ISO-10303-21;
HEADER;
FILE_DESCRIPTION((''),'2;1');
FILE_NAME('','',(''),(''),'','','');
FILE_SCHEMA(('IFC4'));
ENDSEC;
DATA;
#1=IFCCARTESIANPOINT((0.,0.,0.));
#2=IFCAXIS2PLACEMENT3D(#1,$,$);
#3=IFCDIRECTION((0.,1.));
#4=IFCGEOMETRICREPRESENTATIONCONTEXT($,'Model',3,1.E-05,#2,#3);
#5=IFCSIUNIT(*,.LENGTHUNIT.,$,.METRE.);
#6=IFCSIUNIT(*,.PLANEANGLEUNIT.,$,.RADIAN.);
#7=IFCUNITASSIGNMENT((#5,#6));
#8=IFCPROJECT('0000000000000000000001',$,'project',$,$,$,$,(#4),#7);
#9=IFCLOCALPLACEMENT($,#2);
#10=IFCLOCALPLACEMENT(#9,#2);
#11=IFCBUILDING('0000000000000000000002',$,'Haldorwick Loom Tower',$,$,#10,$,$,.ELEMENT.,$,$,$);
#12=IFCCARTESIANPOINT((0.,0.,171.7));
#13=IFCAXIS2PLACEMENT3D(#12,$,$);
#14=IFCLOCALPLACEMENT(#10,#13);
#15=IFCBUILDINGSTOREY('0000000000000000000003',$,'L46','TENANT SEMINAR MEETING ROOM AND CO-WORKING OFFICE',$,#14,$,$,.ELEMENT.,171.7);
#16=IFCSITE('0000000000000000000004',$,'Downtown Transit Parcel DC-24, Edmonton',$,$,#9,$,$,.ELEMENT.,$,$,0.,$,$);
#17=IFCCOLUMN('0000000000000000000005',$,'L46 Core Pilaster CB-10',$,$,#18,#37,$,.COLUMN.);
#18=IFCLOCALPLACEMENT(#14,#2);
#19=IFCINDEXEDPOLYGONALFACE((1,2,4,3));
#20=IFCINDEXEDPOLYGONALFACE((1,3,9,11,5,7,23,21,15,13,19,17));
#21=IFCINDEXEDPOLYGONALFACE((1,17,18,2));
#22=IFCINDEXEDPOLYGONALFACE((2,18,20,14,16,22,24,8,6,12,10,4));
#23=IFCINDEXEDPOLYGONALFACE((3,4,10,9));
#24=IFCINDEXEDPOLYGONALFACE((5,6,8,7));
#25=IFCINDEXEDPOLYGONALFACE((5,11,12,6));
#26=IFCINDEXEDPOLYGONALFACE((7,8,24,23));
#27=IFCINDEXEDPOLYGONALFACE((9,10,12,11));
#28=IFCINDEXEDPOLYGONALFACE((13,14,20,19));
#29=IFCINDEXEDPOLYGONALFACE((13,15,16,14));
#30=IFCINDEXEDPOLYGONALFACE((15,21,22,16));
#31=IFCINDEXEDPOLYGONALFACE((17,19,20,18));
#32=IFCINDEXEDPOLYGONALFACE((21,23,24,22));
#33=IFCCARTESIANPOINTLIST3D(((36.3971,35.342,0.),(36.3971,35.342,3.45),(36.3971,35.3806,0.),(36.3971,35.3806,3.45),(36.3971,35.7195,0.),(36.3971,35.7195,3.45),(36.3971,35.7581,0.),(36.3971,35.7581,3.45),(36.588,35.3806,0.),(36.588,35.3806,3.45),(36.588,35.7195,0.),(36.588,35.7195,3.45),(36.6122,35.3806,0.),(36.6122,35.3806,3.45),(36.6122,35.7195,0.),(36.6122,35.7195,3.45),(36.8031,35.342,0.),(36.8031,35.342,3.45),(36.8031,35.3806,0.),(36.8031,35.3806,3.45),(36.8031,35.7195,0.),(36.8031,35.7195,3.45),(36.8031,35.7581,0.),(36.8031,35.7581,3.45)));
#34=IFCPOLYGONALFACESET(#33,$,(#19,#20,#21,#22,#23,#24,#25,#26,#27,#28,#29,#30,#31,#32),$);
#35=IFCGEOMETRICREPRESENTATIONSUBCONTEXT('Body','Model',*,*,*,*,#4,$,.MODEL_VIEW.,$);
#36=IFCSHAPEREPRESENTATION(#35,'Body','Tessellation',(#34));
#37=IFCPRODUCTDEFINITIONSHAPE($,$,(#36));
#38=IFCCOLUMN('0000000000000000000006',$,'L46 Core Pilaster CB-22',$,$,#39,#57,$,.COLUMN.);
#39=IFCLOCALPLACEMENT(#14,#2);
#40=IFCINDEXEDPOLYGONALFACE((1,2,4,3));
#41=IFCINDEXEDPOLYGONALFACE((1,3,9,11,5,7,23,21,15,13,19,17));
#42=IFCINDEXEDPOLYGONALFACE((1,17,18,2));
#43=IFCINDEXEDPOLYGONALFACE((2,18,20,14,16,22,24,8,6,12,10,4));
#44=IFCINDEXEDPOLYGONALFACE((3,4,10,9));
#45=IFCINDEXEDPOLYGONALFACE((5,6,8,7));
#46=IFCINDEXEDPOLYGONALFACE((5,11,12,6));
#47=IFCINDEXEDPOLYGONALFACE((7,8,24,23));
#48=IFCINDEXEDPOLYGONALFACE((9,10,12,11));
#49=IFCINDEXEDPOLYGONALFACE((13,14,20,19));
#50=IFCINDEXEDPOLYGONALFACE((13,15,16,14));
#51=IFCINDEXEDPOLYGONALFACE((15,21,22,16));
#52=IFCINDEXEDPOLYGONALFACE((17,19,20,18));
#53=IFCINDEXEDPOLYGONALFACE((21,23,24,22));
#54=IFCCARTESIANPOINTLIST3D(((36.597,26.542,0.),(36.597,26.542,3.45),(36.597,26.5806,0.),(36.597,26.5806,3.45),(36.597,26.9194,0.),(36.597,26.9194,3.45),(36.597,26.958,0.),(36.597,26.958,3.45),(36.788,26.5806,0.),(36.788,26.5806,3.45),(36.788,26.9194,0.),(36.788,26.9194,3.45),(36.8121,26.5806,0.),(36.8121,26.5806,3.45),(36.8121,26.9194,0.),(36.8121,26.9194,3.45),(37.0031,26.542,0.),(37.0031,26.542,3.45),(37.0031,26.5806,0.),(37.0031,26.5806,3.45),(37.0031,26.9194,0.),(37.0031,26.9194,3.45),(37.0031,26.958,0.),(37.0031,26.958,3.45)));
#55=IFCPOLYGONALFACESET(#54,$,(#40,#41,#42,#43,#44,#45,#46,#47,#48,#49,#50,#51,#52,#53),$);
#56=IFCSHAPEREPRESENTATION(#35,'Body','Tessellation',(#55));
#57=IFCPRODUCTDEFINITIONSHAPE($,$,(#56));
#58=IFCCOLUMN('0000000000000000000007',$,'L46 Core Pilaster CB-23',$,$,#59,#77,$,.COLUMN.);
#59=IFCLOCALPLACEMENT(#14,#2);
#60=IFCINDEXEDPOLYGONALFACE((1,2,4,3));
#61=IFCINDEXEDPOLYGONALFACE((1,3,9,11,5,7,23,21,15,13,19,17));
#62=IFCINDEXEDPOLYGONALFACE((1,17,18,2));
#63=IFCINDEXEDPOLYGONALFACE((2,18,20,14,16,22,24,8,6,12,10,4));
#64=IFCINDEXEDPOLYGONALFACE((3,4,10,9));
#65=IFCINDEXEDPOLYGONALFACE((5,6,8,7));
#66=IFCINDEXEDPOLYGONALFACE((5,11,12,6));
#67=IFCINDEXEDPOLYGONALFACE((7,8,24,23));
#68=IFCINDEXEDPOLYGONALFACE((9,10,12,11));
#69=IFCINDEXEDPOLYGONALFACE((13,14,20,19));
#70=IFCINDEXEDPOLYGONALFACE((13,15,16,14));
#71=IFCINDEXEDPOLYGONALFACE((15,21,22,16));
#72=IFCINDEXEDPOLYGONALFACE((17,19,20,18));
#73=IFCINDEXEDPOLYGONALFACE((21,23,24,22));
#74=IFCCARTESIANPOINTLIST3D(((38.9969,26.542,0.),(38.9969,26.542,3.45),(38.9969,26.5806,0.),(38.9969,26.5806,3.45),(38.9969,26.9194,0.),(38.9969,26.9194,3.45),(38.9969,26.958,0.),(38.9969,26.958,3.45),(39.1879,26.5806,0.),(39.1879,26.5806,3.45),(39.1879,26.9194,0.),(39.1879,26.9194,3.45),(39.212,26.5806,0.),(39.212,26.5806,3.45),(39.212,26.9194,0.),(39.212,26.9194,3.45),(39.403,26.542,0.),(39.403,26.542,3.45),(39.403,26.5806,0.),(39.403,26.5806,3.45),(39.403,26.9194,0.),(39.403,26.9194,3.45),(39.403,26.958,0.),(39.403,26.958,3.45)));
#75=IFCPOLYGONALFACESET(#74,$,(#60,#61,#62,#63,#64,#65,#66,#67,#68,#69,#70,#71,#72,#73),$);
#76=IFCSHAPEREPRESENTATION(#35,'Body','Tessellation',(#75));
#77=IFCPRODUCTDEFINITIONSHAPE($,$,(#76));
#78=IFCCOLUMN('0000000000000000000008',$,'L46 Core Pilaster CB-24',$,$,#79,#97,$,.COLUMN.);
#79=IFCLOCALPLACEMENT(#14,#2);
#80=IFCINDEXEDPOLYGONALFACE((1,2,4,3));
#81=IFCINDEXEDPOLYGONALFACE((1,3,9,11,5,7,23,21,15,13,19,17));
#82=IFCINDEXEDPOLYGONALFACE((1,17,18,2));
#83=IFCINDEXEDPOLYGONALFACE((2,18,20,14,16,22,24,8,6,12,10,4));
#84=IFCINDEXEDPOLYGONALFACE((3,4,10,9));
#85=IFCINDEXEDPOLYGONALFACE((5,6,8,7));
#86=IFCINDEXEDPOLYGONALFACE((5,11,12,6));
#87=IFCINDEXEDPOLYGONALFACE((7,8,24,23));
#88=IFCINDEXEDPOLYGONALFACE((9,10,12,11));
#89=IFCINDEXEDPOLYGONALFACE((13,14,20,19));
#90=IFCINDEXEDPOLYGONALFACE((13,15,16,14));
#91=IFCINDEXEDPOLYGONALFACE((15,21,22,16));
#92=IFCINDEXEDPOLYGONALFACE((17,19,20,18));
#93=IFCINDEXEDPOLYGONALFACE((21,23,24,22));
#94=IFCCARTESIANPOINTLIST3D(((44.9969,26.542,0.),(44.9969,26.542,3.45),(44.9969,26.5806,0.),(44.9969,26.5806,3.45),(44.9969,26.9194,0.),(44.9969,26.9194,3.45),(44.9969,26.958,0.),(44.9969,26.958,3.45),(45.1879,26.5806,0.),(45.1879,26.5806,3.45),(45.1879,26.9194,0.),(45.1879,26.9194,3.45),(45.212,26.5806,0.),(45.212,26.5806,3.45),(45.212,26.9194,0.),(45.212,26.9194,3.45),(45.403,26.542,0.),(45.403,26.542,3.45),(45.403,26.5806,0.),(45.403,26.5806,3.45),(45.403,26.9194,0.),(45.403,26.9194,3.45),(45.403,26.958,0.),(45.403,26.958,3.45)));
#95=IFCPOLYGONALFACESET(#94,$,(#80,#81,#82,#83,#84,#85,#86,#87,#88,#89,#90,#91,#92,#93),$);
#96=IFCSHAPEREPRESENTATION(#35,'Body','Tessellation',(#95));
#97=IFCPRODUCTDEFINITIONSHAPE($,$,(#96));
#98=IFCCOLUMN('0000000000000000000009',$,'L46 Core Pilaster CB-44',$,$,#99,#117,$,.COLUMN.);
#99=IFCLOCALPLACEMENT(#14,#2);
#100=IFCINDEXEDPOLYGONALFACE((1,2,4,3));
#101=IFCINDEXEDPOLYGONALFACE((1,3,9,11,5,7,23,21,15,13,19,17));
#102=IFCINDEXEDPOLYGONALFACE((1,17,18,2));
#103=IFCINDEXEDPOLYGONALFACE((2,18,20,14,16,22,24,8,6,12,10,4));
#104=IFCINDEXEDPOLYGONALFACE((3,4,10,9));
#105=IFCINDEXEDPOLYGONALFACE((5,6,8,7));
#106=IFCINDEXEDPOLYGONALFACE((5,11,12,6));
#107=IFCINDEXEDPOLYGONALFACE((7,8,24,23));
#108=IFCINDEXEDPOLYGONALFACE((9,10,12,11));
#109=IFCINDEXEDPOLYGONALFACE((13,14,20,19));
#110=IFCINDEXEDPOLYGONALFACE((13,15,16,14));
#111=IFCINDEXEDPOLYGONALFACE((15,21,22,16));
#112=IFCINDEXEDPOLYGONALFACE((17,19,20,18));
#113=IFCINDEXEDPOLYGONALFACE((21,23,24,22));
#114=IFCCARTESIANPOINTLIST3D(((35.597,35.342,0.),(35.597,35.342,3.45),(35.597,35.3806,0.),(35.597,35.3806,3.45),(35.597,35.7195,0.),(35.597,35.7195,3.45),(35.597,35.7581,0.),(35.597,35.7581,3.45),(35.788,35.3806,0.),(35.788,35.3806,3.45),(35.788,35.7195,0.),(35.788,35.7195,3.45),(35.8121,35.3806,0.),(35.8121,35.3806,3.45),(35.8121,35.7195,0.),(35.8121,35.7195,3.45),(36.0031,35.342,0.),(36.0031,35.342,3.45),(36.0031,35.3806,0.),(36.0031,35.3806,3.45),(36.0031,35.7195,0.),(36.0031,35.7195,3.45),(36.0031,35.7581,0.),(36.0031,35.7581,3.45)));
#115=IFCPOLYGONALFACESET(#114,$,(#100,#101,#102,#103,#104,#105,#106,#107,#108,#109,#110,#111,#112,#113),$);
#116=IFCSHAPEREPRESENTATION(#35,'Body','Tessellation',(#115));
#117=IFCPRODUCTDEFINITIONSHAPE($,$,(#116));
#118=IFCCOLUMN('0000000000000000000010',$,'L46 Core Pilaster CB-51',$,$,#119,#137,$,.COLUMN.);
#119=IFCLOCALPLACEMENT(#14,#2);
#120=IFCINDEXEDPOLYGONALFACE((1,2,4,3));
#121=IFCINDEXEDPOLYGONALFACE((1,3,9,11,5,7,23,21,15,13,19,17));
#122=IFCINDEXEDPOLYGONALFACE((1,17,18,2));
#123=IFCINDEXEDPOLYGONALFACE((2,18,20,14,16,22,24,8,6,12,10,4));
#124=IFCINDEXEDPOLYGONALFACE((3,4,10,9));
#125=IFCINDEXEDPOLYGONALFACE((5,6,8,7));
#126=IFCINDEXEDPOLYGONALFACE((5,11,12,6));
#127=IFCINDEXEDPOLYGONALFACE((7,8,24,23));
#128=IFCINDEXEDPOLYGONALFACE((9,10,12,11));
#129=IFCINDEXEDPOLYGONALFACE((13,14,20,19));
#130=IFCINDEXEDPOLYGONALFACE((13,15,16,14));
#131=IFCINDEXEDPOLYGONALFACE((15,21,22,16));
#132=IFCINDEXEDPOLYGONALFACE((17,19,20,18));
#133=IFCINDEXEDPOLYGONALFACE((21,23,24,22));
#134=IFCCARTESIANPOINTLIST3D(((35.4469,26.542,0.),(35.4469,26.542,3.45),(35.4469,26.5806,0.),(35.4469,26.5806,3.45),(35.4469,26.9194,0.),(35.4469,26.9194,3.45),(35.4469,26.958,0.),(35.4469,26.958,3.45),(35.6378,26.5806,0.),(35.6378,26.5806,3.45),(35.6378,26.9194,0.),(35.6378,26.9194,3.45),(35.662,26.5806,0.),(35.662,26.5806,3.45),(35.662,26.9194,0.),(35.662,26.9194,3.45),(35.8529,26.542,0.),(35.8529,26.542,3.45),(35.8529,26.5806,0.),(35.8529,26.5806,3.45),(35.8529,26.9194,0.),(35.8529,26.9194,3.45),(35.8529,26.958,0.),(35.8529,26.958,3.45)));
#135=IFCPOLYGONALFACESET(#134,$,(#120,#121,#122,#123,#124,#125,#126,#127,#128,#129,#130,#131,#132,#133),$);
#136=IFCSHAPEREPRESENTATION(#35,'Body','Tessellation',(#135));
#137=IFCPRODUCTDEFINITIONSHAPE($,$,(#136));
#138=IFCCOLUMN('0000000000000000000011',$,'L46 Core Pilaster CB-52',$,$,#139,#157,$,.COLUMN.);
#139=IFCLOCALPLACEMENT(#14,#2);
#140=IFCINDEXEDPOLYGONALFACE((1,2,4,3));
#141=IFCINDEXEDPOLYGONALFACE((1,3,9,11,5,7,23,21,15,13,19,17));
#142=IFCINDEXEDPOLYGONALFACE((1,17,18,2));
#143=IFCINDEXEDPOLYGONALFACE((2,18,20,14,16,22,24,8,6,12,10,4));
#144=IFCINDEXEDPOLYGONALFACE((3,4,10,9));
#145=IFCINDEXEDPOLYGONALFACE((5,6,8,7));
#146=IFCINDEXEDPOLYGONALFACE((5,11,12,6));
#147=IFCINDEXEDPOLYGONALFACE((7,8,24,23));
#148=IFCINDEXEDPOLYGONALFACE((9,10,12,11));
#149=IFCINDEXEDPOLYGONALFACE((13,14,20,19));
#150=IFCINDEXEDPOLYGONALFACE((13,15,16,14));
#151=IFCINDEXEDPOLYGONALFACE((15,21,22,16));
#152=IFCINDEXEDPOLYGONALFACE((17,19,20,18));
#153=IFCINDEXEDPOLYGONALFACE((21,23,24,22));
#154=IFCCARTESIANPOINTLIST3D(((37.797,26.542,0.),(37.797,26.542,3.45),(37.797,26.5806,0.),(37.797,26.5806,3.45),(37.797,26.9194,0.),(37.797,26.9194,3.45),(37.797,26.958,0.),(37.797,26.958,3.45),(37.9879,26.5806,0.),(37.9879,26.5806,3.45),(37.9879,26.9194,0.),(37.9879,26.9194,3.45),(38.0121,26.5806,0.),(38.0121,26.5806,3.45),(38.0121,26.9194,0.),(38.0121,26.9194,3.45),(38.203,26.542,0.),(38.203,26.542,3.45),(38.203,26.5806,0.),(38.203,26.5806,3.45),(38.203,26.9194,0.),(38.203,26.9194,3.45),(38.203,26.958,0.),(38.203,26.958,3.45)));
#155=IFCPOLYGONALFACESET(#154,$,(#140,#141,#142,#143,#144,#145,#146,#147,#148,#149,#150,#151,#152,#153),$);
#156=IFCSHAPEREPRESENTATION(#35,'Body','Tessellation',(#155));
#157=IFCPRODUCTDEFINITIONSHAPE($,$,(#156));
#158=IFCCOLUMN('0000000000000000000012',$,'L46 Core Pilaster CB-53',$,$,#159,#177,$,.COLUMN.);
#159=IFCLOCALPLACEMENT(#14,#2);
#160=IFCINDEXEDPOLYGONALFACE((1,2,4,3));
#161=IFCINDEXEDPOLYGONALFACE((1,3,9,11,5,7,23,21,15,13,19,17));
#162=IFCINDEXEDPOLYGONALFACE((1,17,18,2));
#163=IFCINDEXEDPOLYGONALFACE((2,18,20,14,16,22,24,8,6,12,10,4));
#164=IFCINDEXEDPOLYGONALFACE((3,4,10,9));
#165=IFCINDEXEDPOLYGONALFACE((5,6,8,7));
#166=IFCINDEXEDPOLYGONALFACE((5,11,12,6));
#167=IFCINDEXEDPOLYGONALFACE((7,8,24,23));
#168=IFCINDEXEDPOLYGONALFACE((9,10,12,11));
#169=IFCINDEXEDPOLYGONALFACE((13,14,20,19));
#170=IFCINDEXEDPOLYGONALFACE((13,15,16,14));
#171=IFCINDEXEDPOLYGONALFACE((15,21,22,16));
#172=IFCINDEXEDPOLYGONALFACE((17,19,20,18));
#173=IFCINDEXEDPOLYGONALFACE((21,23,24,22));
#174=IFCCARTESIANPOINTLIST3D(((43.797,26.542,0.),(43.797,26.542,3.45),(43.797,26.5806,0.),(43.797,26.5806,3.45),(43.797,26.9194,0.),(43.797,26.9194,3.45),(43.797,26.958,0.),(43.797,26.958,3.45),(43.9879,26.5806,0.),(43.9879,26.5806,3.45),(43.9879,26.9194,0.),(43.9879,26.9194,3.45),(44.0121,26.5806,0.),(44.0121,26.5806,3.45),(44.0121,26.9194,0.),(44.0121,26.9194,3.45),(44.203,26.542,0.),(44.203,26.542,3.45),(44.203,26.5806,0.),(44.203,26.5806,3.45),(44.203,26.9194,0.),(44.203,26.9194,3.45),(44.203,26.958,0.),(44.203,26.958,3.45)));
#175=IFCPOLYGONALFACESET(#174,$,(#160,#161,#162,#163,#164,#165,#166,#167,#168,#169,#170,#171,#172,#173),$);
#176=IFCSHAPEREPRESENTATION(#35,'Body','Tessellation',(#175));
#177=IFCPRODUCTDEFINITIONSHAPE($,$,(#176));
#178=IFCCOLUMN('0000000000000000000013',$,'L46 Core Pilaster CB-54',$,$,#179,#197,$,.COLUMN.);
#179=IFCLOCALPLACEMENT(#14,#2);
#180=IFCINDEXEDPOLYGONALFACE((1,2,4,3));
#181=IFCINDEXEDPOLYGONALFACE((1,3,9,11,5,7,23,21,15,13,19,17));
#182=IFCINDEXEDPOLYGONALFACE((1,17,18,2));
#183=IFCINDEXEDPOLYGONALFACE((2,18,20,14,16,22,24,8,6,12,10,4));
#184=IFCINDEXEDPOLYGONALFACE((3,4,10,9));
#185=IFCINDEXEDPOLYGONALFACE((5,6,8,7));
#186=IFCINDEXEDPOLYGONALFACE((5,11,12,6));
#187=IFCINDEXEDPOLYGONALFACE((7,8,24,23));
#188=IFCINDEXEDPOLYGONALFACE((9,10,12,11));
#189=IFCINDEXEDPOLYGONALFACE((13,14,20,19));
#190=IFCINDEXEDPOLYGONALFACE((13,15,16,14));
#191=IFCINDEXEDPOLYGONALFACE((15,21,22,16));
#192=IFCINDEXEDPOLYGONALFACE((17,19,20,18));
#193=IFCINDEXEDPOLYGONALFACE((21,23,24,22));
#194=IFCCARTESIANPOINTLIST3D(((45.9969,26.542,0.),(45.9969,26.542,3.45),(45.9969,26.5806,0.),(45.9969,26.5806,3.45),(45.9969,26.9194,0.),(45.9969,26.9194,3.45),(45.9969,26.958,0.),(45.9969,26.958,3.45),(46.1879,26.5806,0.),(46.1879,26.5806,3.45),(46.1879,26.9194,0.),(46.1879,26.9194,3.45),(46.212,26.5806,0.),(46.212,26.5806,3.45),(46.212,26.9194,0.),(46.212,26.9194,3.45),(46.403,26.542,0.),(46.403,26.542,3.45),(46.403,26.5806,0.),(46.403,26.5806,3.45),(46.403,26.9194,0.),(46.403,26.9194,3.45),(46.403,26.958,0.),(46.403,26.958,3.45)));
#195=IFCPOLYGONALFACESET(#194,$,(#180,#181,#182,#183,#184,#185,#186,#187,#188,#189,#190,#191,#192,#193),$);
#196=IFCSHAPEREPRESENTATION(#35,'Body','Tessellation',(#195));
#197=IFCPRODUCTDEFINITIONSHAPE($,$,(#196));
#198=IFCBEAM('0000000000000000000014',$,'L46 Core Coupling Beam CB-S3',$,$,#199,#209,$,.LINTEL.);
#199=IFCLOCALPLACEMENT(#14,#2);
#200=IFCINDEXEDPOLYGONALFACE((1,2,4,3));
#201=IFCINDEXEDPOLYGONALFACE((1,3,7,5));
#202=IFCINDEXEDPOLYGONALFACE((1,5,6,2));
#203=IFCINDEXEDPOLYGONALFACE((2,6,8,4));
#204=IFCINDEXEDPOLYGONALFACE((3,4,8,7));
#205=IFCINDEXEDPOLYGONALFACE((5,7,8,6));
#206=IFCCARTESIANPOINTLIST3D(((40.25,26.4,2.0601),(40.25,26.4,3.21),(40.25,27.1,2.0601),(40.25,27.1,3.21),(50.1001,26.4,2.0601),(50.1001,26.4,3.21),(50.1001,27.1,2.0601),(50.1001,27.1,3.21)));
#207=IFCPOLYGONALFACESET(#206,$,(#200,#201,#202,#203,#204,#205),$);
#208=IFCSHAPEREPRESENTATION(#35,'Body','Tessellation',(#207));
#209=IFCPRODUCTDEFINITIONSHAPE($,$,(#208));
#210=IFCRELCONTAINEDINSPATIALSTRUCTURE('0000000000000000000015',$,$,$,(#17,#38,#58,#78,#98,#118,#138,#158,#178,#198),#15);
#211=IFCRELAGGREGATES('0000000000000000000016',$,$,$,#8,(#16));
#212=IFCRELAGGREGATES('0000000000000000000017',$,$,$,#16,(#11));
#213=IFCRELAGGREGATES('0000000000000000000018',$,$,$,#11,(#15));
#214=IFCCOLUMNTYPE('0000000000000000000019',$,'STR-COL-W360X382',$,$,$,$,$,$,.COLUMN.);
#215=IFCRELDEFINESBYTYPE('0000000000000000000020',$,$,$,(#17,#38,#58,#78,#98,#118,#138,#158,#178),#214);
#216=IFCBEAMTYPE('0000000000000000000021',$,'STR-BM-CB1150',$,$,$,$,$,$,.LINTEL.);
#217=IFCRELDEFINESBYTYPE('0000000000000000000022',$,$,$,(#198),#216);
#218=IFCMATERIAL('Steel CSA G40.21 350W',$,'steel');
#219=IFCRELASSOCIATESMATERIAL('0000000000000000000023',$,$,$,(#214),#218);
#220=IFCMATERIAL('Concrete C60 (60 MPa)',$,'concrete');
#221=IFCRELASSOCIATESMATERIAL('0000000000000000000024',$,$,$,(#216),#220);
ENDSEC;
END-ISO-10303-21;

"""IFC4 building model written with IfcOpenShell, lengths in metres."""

from ifc_helpers import new_model, si_unit, direction, frame, origin, origin_2d, place, context, subcontext, project, spatial, rectangle, i_section, extrude, material, material_profile, profile_set, type_object, element, save


model = new_model("IFC4")

# Units and contexts
model_context = context("Model", 3, precision=1e-05, world=origin(), true_north=direction((0.0, 1.0)))
body_context = subcontext(model_context, "Body", "Model", "MODEL_VIEW")
ifc_project = project(units=[si_unit("LENGTHUNIT", "METRE"), si_unit("PLANEANGLEUNIT", "RADIAN")], contexts=[model_context])

# Site, building, storey
site_placement = place(None, origin())
site = spatial("IfcSite", under=ifc_project, at=site_placement, Name="Downtown Transit Parcel DC-24, Edmonton", CompositionType="ELEMENT", RefElevation=0.0)
building_placement = place(site_placement, origin())
building = spatial("IfcBuilding", under=site, at=building_placement, Name="Haldorwick Loom Tower", CompositionType="ELEMENT")
storey_placement = place(building_placement, frame((0.0, 0.0, 171.7)))
storey = spatial("IfcBuildingStorey", under=building, at=storey_placement, Name="L46", Description="TENANT SEMINAR MEETING ROOM AND CO-WORKING OFFICE", CompositionType="ELEMENT", Elevation=171.7)

# Columns
ifc_material_1 = material(Name="Steel CSA G40.21 350W", Category="steel")
ifc_material_profile_1 = material_profile(ifc_material_1, i_section(OverallWidth=0.406, OverallDepth=0.416, WebThickness=0.0242, FlangeThickness=0.0386, at=origin_2d()), Name="W360X382", Category="steel")
ifc_profile_set_1 = profile_set([ifc_material_profile_1], Name="Steel CSA G40.21 350W")
column_type = type_object("IfcColumnType", Name="STR-COL-W360X382", PredefinedType="COLUMN", material=ifc_profile_set_1)
for number, where, z_axis, x_axis, name in (
    (1, (36.6001, 35.55, 0.0), (0.0, 0.0, 1.0), (1.0, 0.0, 0.0), "L46 Core Pilaster CB-10"),
    (2, (36.8, 26.75, 0.0), (0.0, 0.0, 1.0), (1.0, 0.0, 0.0), "L46 Core Pilaster CB-22"),
    (3, (39.2, 26.75, 0.0), (0.0, 0.0, 1.0), (1.0, 0.0, 0.0), "L46 Core Pilaster CB-23"),
    (4, (45.2, 26.75, 0.0), (0.0, 0.0, 1.0), (1.0, 0.0, 0.0), "L46 Core Pilaster CB-24"),
    (5, (35.8, 35.55, 0.0), (0.0, 0.0, 1.0), (1.0, 0.0, 0.0), "L46 Core Pilaster CB-44"),
    (6, (35.6499, 26.75, 0.0), (0.0, 0.0, 1.0), (1.0, 0.0, 0.0), "L46 Core Pilaster CB-51"),
    (7, (38.0, 26.75, 0.0), (0.0, 0.0, 1.0), (1.0, 0.0, 0.0), "L46 Core Pilaster CB-52"),
    (8, (44.0, 26.75, 0.0), (0.0, 0.0, 1.0), (1.0, 0.0, 0.0), "L46 Core Pilaster CB-53"),
    (9, (46.2, 26.75, 0.0), (0.0, 0.0, 1.0), (1.0, 0.0, 0.0), "L46 Core Pilaster CB-54"),
):
    element("IfcColumn", number, at=place(storey_placement, frame(where, z_axis=z_axis, x_axis=x_axis)), inside=storey, type_object=column_type, Name=name, PredefinedType="COLUMN", context=body_context, shape_type="SweptSolid", body=[
        extrude(i_section(OverallWidth=0.406, OverallDepth=0.416, WebThickness=0.0242, FlangeThickness=0.0386, at=origin_2d()), origin(), (0.0, 0.0, 1.0), 3.45),
    ])

# Beam
ifc_material_2 = material(Name="Concrete C60 (60 MPa)", Category="concrete")
ifc_material_profile_2 = material_profile(ifc_material_2, rectangle(XDim=0.7, YDim=1.1499, at=origin_2d()), Name="RC700X1150", Category="concrete")
ifc_profile_set_2 = profile_set([ifc_material_profile_2], Name="Concrete C60 (60 MPa)")
beam_type_1 = type_object("IfcBeamType", Name="STR-BM-CB1150", PredefinedType="LINTEL", material=ifc_profile_set_2)
beam_1_placement = place(storey_placement, frame((40.25, 26.75, 2.635), z_axis=(1.0, 0.0, 0.0), x_axis=(0.0, 1.0, 0.0)))
element("IfcBeam", 10, at=beam_1_placement, inside=storey, type_object=beam_type_1, Name="L46 Core Coupling Beam CB-S3", PredefinedType="LINTEL", context=body_context, shape_type="SweptSolid", body=[
    extrude(rectangle(XDim=0.7, YDim=1.1499, at=origin_2d()), origin(), (0.0, 0.0, 1.0), 9.8501),
])

save(model, "model.ifc")
